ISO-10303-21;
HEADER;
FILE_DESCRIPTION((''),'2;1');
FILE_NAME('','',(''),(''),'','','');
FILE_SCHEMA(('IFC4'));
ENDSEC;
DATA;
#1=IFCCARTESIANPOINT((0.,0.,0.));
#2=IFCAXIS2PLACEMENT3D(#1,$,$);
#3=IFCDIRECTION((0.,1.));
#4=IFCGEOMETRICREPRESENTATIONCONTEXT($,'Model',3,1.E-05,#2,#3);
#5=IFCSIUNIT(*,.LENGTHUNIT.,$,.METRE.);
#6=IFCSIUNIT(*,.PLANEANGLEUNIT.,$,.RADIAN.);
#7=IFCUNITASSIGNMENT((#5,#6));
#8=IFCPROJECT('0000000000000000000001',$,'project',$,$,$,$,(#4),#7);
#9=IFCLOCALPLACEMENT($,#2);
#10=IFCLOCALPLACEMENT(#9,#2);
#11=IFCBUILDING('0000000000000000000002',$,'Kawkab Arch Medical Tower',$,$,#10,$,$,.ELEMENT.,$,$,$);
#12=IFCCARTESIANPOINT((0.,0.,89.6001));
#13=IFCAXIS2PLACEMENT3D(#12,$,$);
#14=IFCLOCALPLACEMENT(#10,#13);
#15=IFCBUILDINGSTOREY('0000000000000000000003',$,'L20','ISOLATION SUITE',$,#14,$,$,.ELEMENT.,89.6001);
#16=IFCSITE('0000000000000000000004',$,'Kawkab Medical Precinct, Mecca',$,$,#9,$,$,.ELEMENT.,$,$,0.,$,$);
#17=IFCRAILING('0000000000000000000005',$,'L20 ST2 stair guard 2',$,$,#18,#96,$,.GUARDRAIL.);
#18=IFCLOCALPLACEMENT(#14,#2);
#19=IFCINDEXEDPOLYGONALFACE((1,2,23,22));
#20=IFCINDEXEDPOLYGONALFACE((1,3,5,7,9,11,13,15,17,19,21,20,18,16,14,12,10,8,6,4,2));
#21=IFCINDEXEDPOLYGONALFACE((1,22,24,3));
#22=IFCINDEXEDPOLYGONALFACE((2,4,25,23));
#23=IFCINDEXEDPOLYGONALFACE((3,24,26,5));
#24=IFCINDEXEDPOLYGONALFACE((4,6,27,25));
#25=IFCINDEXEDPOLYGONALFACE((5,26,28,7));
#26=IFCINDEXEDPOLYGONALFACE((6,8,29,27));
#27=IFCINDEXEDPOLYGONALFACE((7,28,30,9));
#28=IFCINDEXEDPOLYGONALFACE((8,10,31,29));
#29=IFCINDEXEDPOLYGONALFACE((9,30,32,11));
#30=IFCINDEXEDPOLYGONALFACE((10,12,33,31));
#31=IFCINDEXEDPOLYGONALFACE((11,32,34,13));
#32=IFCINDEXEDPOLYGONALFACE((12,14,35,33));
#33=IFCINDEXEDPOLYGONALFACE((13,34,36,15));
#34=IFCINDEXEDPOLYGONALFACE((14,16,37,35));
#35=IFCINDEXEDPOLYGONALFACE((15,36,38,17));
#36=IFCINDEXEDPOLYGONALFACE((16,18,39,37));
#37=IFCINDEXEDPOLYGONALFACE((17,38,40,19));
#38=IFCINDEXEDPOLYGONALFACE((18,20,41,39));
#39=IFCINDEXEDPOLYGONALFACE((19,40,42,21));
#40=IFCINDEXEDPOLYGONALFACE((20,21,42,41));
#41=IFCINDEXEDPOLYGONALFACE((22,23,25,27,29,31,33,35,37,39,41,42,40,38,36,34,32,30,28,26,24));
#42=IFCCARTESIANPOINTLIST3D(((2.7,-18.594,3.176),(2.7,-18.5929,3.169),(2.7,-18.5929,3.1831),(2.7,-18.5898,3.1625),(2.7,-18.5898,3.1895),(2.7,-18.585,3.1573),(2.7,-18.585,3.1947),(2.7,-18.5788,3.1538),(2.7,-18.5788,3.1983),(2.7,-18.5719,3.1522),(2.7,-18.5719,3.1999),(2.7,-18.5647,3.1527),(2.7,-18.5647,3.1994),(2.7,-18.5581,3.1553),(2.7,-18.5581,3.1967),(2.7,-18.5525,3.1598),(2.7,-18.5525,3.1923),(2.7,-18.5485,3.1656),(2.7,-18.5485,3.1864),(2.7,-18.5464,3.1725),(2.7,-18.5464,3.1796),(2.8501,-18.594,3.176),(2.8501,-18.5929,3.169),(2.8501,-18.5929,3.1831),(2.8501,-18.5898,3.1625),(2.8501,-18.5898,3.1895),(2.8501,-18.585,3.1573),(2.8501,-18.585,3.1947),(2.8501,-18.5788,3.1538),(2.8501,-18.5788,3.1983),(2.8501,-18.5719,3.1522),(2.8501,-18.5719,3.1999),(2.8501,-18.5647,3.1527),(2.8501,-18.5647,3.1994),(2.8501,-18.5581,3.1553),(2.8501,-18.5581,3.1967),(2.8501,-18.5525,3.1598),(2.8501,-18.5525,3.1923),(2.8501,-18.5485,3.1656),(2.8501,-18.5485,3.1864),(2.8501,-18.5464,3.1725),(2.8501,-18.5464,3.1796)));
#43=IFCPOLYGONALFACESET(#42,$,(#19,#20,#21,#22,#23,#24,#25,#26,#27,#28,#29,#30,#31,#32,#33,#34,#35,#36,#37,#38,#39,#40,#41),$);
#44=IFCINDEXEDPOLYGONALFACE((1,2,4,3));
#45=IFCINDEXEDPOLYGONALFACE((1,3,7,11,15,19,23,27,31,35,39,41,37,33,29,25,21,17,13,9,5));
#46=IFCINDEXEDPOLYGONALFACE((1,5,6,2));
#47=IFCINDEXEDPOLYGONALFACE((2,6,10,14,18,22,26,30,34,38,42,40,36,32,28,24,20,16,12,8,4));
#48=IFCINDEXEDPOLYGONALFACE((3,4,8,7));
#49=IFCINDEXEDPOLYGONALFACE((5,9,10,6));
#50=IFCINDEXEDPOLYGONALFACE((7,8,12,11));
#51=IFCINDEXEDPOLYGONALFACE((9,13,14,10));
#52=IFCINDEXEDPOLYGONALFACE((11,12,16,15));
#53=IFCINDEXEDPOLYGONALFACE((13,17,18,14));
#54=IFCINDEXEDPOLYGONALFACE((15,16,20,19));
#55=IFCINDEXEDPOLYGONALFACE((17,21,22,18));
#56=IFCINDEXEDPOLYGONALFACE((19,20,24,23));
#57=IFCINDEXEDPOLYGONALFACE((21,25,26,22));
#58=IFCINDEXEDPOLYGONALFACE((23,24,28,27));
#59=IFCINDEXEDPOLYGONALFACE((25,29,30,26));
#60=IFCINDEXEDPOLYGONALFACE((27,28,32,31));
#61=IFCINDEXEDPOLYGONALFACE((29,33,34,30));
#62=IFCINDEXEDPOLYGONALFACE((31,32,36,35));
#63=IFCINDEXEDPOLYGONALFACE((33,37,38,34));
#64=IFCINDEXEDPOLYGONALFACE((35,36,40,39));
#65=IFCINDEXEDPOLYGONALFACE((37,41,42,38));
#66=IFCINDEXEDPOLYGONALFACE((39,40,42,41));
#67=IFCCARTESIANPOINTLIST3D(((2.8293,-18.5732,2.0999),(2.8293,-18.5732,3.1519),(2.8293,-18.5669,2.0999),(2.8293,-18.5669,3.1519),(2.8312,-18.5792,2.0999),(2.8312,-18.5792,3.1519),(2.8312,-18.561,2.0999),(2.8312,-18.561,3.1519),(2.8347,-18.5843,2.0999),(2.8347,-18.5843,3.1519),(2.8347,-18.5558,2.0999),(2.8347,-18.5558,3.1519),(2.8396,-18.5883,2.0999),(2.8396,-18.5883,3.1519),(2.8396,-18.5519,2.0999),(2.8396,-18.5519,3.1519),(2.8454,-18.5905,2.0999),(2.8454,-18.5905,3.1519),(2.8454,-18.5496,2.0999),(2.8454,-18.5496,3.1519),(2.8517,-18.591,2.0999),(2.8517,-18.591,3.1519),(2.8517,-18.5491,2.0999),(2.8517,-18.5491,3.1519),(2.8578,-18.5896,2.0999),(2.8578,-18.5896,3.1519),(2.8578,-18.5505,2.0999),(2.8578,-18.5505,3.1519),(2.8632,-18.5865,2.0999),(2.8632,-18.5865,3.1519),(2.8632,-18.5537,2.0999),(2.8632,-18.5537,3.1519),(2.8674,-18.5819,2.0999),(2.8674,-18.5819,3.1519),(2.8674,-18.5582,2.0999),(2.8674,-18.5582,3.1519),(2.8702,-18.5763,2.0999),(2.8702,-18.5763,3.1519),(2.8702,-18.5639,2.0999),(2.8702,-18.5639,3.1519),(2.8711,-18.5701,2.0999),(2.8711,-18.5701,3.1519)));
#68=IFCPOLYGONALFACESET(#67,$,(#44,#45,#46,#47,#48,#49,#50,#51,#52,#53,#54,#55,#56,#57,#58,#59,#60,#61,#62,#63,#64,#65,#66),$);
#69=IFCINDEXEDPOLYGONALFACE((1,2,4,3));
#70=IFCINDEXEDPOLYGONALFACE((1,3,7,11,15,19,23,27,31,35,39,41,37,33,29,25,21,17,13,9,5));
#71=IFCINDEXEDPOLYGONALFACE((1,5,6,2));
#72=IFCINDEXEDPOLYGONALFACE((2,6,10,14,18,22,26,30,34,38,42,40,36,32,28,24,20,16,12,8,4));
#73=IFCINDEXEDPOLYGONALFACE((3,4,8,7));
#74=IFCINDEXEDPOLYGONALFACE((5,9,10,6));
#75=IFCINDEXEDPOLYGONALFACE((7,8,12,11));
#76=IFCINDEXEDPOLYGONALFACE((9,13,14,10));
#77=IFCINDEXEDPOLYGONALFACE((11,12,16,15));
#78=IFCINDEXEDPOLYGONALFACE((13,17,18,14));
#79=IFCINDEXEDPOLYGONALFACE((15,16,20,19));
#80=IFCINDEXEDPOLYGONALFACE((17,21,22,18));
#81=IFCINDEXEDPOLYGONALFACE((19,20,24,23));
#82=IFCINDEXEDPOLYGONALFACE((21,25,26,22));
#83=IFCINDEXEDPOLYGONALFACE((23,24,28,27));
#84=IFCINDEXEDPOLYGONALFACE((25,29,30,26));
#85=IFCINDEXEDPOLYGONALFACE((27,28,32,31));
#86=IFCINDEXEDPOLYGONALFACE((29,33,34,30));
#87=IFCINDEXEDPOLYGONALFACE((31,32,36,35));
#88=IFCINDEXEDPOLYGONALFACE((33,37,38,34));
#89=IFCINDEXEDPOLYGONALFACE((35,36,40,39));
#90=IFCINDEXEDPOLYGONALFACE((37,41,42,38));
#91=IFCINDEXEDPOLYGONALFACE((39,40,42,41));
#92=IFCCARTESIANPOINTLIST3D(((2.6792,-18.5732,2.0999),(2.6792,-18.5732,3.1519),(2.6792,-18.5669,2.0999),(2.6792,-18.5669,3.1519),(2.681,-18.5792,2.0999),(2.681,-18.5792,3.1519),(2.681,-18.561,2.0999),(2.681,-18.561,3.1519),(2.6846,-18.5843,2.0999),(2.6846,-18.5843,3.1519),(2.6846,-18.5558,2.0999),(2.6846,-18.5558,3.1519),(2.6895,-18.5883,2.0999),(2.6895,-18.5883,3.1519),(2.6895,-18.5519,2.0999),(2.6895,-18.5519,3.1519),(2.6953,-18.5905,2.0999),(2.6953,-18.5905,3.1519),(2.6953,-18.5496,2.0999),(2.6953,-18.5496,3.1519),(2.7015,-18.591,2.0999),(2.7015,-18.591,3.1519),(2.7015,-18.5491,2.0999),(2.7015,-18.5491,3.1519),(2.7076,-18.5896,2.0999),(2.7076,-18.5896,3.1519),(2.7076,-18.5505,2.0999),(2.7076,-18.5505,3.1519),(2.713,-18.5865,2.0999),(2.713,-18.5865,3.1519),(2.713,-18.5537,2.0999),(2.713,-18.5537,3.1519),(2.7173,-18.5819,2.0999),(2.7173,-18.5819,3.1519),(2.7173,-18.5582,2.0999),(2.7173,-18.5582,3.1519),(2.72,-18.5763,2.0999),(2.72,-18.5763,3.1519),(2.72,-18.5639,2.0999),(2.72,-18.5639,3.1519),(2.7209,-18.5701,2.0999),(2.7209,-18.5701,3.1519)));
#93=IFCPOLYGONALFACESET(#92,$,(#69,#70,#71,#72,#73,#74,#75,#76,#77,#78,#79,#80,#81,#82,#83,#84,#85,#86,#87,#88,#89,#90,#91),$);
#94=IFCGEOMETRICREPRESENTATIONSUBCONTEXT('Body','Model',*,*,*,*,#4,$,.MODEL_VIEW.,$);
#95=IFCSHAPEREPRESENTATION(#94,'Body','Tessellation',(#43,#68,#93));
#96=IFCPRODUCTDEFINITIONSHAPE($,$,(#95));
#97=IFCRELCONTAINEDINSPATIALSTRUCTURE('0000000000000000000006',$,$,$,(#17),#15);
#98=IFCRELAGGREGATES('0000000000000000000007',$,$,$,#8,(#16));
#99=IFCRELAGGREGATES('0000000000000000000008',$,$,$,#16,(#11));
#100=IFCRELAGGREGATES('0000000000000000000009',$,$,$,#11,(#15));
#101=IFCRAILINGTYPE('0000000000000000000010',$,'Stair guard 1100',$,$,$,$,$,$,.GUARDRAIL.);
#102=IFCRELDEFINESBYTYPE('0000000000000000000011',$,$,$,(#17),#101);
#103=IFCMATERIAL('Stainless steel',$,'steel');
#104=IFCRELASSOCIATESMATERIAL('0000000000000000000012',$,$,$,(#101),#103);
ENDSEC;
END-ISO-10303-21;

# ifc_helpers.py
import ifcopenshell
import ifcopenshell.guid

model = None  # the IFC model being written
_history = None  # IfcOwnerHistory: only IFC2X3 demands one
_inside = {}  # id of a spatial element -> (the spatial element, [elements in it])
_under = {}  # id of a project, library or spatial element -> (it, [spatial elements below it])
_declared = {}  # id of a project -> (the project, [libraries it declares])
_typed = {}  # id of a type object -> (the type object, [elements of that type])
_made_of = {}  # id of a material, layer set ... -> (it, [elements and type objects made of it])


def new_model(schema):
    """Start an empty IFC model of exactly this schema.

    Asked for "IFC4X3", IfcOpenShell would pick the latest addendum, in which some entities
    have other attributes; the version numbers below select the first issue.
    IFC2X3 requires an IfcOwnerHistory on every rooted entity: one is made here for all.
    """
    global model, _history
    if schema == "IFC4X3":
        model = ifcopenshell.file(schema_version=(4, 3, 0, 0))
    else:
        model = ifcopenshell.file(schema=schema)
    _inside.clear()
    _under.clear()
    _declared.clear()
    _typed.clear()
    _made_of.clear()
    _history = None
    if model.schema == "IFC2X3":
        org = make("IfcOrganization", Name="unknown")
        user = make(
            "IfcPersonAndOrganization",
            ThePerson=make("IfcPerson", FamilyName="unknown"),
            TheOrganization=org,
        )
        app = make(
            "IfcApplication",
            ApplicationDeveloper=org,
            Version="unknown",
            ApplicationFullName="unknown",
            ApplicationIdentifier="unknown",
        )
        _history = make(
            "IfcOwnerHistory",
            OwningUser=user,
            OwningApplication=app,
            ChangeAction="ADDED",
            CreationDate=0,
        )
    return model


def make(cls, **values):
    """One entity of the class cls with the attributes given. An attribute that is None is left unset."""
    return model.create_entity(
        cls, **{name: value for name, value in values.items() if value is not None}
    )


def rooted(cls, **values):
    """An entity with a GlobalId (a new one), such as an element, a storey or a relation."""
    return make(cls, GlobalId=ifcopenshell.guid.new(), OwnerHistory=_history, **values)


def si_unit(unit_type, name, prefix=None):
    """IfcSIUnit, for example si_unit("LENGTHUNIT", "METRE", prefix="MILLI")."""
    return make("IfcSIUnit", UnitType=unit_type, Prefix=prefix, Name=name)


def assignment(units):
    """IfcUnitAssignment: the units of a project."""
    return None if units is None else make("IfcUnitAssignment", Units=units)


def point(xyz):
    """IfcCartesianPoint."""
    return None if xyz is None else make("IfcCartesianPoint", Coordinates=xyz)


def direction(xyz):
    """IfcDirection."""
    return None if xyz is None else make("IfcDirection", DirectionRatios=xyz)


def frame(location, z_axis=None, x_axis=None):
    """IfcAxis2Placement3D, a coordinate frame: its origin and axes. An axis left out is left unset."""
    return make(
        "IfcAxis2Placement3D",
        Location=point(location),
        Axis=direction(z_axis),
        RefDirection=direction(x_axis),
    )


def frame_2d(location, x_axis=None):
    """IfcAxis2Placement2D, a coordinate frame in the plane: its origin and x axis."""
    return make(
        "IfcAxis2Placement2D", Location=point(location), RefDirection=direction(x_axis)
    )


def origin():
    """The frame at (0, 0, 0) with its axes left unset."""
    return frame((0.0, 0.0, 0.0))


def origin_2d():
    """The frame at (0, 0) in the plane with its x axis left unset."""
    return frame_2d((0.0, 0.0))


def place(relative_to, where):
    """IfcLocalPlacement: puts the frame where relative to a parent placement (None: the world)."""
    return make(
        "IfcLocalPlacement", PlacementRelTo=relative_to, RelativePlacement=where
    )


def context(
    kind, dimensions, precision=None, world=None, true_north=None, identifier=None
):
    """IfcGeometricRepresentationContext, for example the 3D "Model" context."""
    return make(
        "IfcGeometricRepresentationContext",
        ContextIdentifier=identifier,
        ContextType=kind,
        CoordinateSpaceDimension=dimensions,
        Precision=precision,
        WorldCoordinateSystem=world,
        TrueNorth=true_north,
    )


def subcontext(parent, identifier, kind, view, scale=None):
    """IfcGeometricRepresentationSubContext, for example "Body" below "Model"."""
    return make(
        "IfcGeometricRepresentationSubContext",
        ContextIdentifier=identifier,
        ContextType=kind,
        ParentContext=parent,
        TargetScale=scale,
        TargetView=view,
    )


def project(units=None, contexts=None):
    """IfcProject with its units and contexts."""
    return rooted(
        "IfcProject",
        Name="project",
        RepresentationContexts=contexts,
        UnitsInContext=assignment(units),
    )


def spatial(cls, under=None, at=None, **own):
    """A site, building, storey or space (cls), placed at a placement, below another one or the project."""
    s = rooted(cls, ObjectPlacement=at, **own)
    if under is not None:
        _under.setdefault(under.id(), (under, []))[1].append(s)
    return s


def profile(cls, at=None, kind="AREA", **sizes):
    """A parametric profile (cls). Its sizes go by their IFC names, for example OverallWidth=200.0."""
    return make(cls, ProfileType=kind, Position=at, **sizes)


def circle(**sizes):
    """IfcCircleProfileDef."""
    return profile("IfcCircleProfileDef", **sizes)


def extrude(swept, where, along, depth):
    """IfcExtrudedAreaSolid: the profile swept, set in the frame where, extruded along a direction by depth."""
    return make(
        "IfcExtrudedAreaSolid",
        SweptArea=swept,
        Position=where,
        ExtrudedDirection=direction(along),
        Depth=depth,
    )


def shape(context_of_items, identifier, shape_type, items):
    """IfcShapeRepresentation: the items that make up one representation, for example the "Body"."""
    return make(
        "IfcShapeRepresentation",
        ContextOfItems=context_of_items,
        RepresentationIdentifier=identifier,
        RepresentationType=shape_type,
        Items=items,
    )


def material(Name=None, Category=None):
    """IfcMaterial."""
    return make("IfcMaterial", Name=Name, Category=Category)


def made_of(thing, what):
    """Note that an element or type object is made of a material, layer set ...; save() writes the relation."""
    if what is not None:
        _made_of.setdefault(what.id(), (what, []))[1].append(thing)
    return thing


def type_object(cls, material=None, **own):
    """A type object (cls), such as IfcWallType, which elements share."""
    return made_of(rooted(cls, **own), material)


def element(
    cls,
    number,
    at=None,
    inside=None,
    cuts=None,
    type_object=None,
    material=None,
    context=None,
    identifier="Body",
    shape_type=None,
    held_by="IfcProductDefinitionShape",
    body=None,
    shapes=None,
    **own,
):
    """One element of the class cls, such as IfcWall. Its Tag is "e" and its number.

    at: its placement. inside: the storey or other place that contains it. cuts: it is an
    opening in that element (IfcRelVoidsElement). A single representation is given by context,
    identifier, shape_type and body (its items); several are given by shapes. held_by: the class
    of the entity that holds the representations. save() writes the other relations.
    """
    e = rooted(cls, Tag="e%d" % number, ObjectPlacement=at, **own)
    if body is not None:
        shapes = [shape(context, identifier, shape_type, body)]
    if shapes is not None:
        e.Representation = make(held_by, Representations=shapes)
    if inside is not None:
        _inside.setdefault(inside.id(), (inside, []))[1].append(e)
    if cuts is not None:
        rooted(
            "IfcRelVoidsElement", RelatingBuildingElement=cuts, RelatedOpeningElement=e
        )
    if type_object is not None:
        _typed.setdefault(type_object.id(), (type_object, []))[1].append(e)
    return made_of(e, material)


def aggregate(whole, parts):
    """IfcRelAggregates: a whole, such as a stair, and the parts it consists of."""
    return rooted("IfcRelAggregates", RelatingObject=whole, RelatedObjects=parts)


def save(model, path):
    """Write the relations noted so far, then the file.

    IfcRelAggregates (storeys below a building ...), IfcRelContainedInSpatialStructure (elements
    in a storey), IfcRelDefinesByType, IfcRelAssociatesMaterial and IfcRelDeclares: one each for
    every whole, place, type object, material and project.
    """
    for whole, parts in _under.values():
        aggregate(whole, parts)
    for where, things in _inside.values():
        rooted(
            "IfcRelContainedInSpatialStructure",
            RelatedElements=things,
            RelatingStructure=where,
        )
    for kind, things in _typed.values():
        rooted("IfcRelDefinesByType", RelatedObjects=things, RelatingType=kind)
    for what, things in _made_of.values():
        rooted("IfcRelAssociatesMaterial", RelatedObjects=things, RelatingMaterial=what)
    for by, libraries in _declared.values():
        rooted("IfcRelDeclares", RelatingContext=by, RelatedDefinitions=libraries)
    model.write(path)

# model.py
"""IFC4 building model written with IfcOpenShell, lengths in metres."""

from ifc_helpers import new_model, si_unit, direction, frame, origin, origin_2d, place, context, subcontext, project, spatial, circle, extrude, material, type_object, element, save


model = new_model("IFC4")

# Units and contexts
model_context = context("Model", 3, precision=1e-05, world=origin(), true_north=direction((0.0, 1.0)))
body_context = subcontext(model_context, "Body", "Model", "MODEL_VIEW")
ifc_project = project(units=[si_unit("LENGTHUNIT", "METRE"), si_unit("PLANEANGLEUNIT", "RADIAN")], contexts=[model_context])

# Site, building, storey
site_placement = place(None, origin())
site = spatial("IfcSite", under=ifc_project, at=site_placement, Name="Kawkab Medical Precinct, Mecca", CompositionType="ELEMENT", RefElevation=0.0)
building_placement = place(site_placement, origin())
building = spatial("IfcBuilding", under=site, at=building_placement, Name="Kawkab Arch Medical Tower", CompositionType="ELEMENT")
storey_placement = place(building_placement, frame((0.0, 0.0, 89.6001)))
storey = spatial("IfcBuildingStorey", under=building, at=storey_placement, Name="L20", Description="ISOLATION SUITE", CompositionType="ELEMENT", Elevation=89.6001)

# Railing
ifc_material_1 = material(Name="Stainless steel", Category="steel")
railing_type_1 = type_object("IfcRailingType", Name="Stair guard 1100", PredefinedType="GUARDRAIL", material=ifc_material_1)
railing_1_placement = place(storey_placement, frame((2.8501, -18.5701, 2.0999)))
element("IfcRailing", 1, at=railing_1_placement, inside=storey, type_object=railing_type_1, Name="L20 ST2 stair guard 2", PredefinedType="GUARDRAIL", context=body_context, shape_type="SweptSolid", body=[
    extrude(circle(Radius=0.0239, at=origin_2d()), frame((0.0, 0.0, 1.0762), z_axis=(-1.0, 0.0, 0.0), x_axis=(0.0, -1.0, 0.0)), (0.0, 0.0, 1.0), 0.1501),
    extrude(circle(Radius=0.021, at=origin_2d()), origin(), (0.0, 0.0, 1.0), 1.052),
    extrude(circle(Radius=0.021, at=origin_2d()), frame((-0.1501, 0.0, 0.0)), (0.0, 0.0, 1.0), 1.052),
])

save(model, "model.ifc")
